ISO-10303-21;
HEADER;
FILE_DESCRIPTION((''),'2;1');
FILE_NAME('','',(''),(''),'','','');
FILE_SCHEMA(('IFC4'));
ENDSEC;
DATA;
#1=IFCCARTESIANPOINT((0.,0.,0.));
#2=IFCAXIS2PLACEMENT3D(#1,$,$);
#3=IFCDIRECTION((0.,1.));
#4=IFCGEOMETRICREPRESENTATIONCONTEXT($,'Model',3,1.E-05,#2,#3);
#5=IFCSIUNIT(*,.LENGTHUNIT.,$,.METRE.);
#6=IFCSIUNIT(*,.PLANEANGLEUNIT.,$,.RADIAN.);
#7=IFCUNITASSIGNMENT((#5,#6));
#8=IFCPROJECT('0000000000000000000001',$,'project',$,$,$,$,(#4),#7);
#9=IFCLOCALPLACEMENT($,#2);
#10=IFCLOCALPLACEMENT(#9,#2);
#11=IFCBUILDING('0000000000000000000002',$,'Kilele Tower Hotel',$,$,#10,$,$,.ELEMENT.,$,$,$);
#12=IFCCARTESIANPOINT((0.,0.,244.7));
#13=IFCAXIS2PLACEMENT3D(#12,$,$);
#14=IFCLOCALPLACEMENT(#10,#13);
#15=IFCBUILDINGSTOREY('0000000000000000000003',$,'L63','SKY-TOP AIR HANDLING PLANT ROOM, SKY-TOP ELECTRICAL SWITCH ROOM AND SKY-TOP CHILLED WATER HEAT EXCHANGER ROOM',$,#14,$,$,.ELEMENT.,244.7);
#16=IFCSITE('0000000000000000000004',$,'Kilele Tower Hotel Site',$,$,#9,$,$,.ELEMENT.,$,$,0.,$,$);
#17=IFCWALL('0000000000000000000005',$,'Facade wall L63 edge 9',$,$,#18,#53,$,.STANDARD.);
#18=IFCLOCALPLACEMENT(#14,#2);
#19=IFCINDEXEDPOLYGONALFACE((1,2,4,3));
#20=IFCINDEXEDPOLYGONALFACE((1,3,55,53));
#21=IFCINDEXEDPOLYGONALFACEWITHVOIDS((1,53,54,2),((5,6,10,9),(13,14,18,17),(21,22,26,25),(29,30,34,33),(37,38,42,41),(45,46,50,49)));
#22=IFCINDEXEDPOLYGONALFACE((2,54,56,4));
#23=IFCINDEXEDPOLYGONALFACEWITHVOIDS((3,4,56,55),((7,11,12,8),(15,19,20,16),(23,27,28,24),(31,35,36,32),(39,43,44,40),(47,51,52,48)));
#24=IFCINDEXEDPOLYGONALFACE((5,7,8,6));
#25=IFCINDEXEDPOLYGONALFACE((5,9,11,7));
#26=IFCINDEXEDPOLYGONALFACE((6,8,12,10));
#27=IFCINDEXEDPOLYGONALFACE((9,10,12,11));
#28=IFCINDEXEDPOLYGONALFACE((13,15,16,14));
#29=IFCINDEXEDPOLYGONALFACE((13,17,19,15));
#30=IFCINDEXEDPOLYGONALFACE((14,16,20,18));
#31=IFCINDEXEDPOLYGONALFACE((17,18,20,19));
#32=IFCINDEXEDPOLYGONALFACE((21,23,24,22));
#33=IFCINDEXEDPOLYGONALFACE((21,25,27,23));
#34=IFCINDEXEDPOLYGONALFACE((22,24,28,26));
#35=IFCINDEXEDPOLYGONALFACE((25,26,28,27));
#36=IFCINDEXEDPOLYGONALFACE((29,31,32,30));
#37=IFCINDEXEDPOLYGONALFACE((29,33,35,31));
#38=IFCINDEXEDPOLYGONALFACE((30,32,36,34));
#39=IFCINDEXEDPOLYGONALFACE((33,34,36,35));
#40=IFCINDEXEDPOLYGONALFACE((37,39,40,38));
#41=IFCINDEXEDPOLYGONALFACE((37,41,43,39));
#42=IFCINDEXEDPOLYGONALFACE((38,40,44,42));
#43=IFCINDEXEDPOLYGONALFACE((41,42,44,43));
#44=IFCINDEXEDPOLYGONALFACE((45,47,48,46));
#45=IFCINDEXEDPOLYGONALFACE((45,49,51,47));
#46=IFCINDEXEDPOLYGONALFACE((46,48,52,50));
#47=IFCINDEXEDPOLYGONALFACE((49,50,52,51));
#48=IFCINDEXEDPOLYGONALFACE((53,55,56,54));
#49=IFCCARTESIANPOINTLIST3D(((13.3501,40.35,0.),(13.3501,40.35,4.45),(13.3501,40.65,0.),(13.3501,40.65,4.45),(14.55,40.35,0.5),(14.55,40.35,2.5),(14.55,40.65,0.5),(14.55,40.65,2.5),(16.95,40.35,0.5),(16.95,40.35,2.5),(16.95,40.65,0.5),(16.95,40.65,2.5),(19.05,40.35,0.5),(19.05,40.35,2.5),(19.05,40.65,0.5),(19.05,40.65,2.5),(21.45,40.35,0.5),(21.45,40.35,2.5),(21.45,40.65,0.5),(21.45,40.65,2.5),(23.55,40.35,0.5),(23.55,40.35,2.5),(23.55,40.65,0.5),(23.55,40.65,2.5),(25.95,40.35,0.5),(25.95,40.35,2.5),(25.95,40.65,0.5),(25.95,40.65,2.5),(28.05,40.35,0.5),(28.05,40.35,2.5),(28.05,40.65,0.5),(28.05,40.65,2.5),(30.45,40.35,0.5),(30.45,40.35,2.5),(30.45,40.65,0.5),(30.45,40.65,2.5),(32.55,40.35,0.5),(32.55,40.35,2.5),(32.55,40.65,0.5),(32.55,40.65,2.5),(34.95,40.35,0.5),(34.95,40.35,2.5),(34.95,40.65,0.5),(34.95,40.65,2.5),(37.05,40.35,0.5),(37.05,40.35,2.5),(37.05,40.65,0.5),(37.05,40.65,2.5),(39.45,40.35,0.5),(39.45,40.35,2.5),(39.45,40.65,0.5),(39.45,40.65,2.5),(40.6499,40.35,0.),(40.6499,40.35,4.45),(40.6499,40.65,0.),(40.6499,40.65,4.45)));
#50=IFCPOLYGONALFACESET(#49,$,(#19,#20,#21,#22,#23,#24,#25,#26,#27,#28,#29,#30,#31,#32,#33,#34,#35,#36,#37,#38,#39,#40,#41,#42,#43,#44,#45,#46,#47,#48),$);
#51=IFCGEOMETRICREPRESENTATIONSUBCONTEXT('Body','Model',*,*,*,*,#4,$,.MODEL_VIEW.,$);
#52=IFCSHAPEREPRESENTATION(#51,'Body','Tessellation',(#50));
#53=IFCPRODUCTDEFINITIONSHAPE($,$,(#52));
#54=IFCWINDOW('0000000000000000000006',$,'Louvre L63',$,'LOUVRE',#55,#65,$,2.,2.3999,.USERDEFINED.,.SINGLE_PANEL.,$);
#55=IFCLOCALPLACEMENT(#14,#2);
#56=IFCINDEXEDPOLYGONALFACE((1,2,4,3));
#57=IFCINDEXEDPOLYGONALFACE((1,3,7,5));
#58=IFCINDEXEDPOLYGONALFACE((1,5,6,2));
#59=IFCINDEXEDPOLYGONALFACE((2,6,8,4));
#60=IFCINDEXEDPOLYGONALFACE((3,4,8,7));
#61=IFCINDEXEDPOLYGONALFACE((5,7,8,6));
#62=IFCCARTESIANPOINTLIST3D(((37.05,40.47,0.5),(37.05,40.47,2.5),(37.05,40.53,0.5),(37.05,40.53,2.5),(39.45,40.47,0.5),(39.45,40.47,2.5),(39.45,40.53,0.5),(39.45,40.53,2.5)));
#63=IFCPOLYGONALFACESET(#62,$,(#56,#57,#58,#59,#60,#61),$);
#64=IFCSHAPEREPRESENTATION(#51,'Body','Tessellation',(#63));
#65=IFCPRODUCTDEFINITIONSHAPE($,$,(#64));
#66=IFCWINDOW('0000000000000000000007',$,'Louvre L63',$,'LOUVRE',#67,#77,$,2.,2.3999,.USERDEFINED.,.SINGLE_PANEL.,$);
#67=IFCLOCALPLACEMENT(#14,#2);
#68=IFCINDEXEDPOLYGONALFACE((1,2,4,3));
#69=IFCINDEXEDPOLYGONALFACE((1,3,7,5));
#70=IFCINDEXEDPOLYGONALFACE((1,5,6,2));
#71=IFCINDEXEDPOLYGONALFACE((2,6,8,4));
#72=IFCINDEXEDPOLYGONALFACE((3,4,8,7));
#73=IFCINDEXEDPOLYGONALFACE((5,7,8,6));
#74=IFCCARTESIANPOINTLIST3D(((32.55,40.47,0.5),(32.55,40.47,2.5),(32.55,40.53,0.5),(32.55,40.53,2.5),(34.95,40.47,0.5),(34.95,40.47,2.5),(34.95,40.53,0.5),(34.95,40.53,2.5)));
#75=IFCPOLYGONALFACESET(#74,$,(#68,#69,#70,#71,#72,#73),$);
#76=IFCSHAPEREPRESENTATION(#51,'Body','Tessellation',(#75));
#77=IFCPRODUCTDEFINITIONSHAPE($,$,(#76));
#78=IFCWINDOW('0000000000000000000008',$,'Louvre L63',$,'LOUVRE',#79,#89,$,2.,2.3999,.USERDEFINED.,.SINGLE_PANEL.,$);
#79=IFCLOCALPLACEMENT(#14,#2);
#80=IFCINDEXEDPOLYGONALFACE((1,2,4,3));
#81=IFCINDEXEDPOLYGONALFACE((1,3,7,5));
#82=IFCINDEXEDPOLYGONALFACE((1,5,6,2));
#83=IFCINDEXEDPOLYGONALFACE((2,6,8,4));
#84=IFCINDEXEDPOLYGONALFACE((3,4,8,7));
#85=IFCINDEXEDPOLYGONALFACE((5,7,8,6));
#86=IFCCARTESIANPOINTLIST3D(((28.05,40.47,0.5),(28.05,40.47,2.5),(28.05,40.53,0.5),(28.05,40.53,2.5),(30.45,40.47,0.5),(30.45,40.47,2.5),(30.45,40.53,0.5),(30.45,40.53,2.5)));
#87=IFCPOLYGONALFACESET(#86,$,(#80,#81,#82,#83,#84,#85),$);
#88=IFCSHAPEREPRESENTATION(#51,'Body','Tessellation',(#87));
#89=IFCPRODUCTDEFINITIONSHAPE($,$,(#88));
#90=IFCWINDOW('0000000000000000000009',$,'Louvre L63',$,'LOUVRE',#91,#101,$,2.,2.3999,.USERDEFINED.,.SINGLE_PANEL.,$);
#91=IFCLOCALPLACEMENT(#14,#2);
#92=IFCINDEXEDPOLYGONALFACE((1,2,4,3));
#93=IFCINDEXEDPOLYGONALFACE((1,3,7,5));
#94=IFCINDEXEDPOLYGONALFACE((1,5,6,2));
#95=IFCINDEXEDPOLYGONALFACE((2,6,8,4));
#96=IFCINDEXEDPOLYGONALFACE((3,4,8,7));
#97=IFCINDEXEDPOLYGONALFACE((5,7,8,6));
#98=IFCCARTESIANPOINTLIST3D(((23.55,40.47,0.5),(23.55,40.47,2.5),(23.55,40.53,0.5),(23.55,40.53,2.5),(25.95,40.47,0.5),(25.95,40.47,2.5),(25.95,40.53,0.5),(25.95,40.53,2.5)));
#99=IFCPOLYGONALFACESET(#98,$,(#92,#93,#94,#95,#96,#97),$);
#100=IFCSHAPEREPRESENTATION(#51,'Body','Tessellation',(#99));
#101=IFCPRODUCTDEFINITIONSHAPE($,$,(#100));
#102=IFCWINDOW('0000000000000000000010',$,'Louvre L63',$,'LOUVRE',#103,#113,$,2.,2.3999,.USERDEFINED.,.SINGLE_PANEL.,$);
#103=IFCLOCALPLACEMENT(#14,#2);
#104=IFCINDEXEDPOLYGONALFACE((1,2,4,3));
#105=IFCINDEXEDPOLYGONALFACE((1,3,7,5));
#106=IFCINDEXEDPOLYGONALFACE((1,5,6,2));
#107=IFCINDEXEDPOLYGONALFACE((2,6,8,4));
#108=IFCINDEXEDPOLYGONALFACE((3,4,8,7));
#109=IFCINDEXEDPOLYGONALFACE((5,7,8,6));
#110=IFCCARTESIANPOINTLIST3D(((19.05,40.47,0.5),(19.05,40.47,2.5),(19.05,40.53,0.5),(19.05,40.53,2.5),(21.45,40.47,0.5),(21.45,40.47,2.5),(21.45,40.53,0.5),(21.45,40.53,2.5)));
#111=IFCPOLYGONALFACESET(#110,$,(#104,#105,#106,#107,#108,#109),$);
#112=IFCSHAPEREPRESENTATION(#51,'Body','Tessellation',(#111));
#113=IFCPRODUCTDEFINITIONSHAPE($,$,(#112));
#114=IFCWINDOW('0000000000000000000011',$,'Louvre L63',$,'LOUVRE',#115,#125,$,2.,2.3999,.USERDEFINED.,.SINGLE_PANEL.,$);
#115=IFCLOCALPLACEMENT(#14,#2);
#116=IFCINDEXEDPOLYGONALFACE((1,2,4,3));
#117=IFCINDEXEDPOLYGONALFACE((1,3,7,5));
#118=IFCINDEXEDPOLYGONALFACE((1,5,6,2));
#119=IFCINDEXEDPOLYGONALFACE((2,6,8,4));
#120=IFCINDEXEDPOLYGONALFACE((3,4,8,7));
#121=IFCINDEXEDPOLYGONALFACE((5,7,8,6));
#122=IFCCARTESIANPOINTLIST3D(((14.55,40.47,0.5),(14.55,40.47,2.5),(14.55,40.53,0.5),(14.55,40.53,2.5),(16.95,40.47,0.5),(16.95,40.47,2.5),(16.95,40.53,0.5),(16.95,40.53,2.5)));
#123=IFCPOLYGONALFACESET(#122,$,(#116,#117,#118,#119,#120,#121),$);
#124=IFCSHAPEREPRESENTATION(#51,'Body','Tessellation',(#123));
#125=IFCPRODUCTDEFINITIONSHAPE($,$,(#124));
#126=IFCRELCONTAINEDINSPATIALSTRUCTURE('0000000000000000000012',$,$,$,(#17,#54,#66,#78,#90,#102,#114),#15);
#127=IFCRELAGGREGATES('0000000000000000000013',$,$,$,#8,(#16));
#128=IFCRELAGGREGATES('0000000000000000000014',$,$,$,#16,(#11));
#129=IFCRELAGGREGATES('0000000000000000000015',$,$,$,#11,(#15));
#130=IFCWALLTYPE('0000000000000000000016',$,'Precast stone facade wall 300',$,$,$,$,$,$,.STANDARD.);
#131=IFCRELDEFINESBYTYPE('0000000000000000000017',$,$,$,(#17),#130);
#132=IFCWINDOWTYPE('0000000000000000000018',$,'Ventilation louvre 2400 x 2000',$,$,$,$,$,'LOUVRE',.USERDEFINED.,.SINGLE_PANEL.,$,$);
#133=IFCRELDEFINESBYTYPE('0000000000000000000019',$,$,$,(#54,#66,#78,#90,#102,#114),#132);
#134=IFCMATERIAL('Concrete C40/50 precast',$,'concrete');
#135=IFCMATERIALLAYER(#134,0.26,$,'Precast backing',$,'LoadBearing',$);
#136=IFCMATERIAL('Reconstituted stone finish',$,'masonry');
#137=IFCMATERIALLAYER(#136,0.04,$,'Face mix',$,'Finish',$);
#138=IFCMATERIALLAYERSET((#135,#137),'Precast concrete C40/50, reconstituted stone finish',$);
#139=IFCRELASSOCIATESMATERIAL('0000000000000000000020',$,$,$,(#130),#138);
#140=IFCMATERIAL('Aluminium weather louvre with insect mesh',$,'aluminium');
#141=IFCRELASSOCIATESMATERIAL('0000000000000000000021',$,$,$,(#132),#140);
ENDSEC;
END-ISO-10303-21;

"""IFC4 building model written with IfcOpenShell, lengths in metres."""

from ifc_helpers import new_model, si_unit, direction, frame, frame_2d, origin, place, context, subcontext, project, spatial, rectangle, extrude, material, layer, layer_set, type_object, element, fill, save


model = new_model("IFC4")

# Units and contexts
model_context = context("Model", 3, precision=1e-05, world=origin(), true_north=direction((0.0, 1.0)))
body_context = subcontext(model_context, "Body", "Model", "MODEL_VIEW")
ifc_project = project(units=[si_unit("LENGTHUNIT", "METRE"), si_unit("PLANEANGLEUNIT", "RADIAN")], contexts=[model_context])

# Site, building, storey
site_placement = place(None, origin())
site = spatial("IfcSite", under=ifc_project, at=site_placement, Name="Kilele Tower Hotel Site", CompositionType="ELEMENT", RefElevation=0.0)
building_placement = place(site_placement, origin())
building = spatial("IfcBuilding", under=site, at=building_placement, Name="Kilele Tower Hotel", CompositionType="ELEMENT")
storey_placement = place(building_placement, frame((0.0, 0.0, 244.7)))
storey = spatial("IfcBuildingStorey", under=building, at=storey_placement, Name="L63", Description="SKY-TOP AIR HANDLING PLANT ROOM, SKY-TOP ELECTRICAL SWITCH ROOM AND SKY-TOP CHILLED WATER HEAT EXCHANGER ROOM", CompositionType="ELEMENT", Elevation=244.7)

# Shared definitions
ifc_material_1 = material(Name="Concrete C40/50 precast", Category="concrete")
ifc_layer_1 = layer(ifc_material_1, 0.26, Name="Precast backing", Category="LoadBearing")
ifc_material_2 = material(Name="Reconstituted stone finish", Category="masonry")
ifc_layer_2 = layer(ifc_material_2, 0.04, Name="Face mix", Category="Finish")
ifc_layer_set = layer_set([ifc_layer_1, ifc_layer_2], Name="Precast concrete C40/50, reconstituted stone finish")
wall_type = type_object("IfcWallType", Name="Precast stone facade wall 300", PredefinedType="STANDARD", material=ifc_layer_set)
ifc_material_3 = material(Name="Aluminium weather louvre with insect mesh", Category="aluminium")
window_type = type_object("IfcWindowType", Name="Ventilation louvre 2400 x 2000", ElementType="LOUVRE", PartitioningType="SINGLE_PANEL", PredefinedType="USERDEFINED", material=ifc_material_3)

# Wall, openings, windows
wall_1_placement = place(storey_placement, frame((40.6499, 40.5, 0.0), z_axis=(0.0, 0.0, 1.0), x_axis=(-1.0, 0.0, 0.0)))
wall_1 = element("IfcWall", 1, at=wall_1_placement, inside=storey, type_object=wall_type, Name="Facade wall L63 edge 9", PredefinedType="STANDARD", context=body_context, shape_type="SweptSolid", body=[
    extrude(rectangle(XDim=27.2998, YDim=0.3, at=frame_2d((13.6499, 0.0))), origin(), (0.0, 0.0, 1.0), 4.45),
])
opening_1_placement = place(wall_1_placement, frame((1.2, 0.0, 0.5)))
opening_1 = element("IfcOpeningElement", 2, at=opening_1_placement, cuts=wall_1, PredefinedType="OPENING", context=body_context, shape_type="SweptSolid", body=[
    extrude(rectangle(XDim=2.3999, YDim=2.0, at=frame_2d((1.2, 1.0))), frame((0.0, 0.1599, 0.0), z_axis=(0.0, -1.0, 0.0), x_axis=(1.0, 0.0, 0.0)), (0.0, 0.0, 1.0), 0.3201),
])
opening_2_placement = place(wall_1_placement, frame((5.7, 0.0, 0.5)))
opening_2 = element("IfcOpeningElement", 3, at=opening_2_placement, cuts=wall_1, PredefinedType="OPENING", context=body_context, shape_type="SweptSolid", body=[
    extrude(rectangle(XDim=2.3999, YDim=2.0, at=frame_2d((1.2, 1.0))), frame((0.0, 0.1599, 0.0), z_axis=(0.0, -1.0, 0.0), x_axis=(1.0, 0.0, 0.0)), (0.0, 0.0, 1.0), 0.3201),
])
opening_3_placement = place(wall_1_placement, frame((10.2, 0.0, 0.5)))
opening_3 = element("IfcOpeningElement", 4, at=opening_3_placement, cuts=wall_1, PredefinedType="OPENING", context=body_context, shape_type="SweptSolid", body=[
    extrude(rectangle(XDim=2.3999, YDim=2.0, at=frame_2d((1.2, 1.0))), frame((0.0, 0.1599, 0.0), z_axis=(0.0, -1.0, 0.0), x_axis=(1.0, 0.0, 0.0)), (0.0, 0.0, 1.0), 0.3201),
])
opening_4_placement = place(wall_1_placement, frame((14.7, 0.0, 0.5)))
opening_4 = element("IfcOpeningElement", 5, at=opening_4_placement, cuts=wall_1, PredefinedType="OPENING", context=body_context, shape_type="SweptSolid", body=[
    extrude(rectangle(XDim=2.3999, YDim=2.0, at=frame_2d((1.2, 1.0))), frame((0.0, 0.1599, 0.0), z_axis=(0.0, -1.0, 0.0), x_axis=(1.0, 0.0, 0.0)), (0.0, 0.0, 1.0), 0.3201),
])
opening_5_placement = place(wall_1_placement, frame((19.2, 0.0, 0.5)))
opening_5 = element("IfcOpeningElement", 6, at=opening_5_placement, cuts=wall_1, PredefinedType="OPENING", context=body_context, shape_type="SweptSolid", body=[
    extrude(rectangle(XDim=2.3999, YDim=2.0, at=frame_2d((1.2, 1.0))), frame((0.0, 0.1599, 0.0), z_axis=(0.0, -1.0, 0.0), x_axis=(1.0, 0.0, 0.0)), (0.0, 0.0, 1.0), 0.3201),
])
opening_6_placement = place(wall_1_placement, frame((23.7, 0.0, 0.5)))
opening_6 = element("IfcOpeningElement", 7, at=opening_6_placement, cuts=wall_1, PredefinedType="OPENING", context=body_context, shape_type="SweptSolid", body=[
    extrude(rectangle(XDim=2.3999, YDim=2.0, at=frame_2d((1.2, 1.0))), frame((0.0, 0.1599, 0.0), z_axis=(0.0, -1.0, 0.0), x_axis=(1.0, 0.0, 0.0)), (0.0, 0.0, 1.0), 0.3201),
])
window_1_placement = place(opening_1_placement, origin())
window_1 = element("IfcWindow", 8, at=window_1_placement, inside=storey, type_object=window_type, Name="Louvre L63", ObjectType="LOUVRE", OverallHeight=2.0, OverallWidth=2.3999, PartitioningType="SINGLE_PANEL", PredefinedType="USERDEFINED", context=body_context, shape_type="SweptSolid", body=[
    extrude(rectangle(XDim=2.3999, YDim=2.0, at=frame_2d((1.2, 1.0))), frame((0.0, 0.03, 0.0), z_axis=(0.0, -1.0, 0.0), x_axis=(1.0, 0.0, 0.0)), (0.0, 0.0, 1.0), 0.0601),
])
fill(opening_1, window_1)
window_2_placement = place(opening_2_placement, origin())
window_2 = element("IfcWindow", 9, at=window_2_placement, inside=storey, type_object=window_type, Name="Louvre L63", ObjectType="LOUVRE", OverallHeight=2.0, OverallWidth=2.3999, PartitioningType="SINGLE_PANEL", PredefinedType="USERDEFINED", context=body_context, shape_type="SweptSolid", body=[
    extrude(rectangle(XDim=2.3999, YDim=2.0, at=frame_2d((1.2, 1.0))), frame((0.0, 0.03, 0.0), z_axis=(0.0, -1.0, 0.0), x_axis=(1.0, 0.0, 0.0)), (0.0, 0.0, 1.0), 0.0601),
])
fill(opening_2, window_2)
window_3_placement = place(opening_3_placement, origin())
window_3 = element("IfcWindow", 10, at=window_3_placement, inside=storey, type_object=window_type, Name="Louvre L63", ObjectType="LOUVRE", OverallHeight=2.0, OverallWidth=2.3999, PartitioningType="SINGLE_PANEL", PredefinedType="USERDEFINED", context=body_context, shape_type="SweptSolid", body=[
    extrude(rectangle(XDim=2.3999, YDim=2.0, at=frame_2d((1.2, 1.0))), frame((0.0, 0.03, 0.0), z_axis=(0.0, -1.0, 0.0), x_axis=(1.0, 0.0, 0.0)), (0.0, 0.0, 1.0), 0.0601),
])
fill(opening_3, window_3)
window_4_placement = place(opening_4_placement, origin())
window_4 = element("IfcWindow", 11, at=window_4_placement, inside=storey, type_object=window_type, Name="Louvre L63", ObjectType="LOUVRE", OverallHeight=2.0, OverallWidth=2.3999, PartitioningType="SINGLE_PANEL", PredefinedType="USERDEFINED", context=body_context, shape_type="SweptSolid", body=[
    extrude(rectangle(XDim=2.3999, YDim=2.0, at=frame_2d((1.2, 1.0))), frame((0.0, 0.03, 0.0), z_axis=(0.0, -1.0, 0.0), x_axis=(1.0, 0.0, 0.0)), (0.0, 0.0, 1.0), 0.0601),
])
fill(opening_4, window_4)
window_5_placement = place(opening_5_placement, origin())
window_5 = element("IfcWindow", 12, at=window_5_placement, inside=storey, type_object=window_type, Name="Louvre L63", ObjectType="LOUVRE", OverallHeight=2.0, OverallWidth=2.3999, PartitioningType="SINGLE_PANEL", PredefinedType="USERDEFINED", context=body_context, shape_type="SweptSolid", body=[
    extrude(rectangle(XDim=2.3999, YDim=2.0, at=frame_2d((1.2, 1.0))), frame((0.0, 0.03, 0.0), z_axis=(0.0, -1.0, 0.0), x_axis=(1.0, 0.0, 0.0)), (0.0, 0.0, 1.0), 0.0601),
])
fill(opening_5, window_5)
window_6_placement = place(opening_6_placement, origin())
window_6 = element("IfcWindow", 13, at=window_6_placement, inside=storey, type_object=window_type, Name="Louvre L63", ObjectType="LOUVRE", OverallHeight=2.0, OverallWidth=2.3999, PartitioningType="SINGLE_PANEL", PredefinedType="USERDEFINED", context=body_context, shape_type="SweptSolid", body=[
    extrude(rectangle(XDim=2.3999, YDim=2.0, at=frame_2d((1.2, 1.0))), frame((0.0, 0.03, 0.0), z_axis=(0.0, -1.0, 0.0), x_axis=(1.0, 0.0, 0.0)), (0.0, 0.0, 1.0), 0.0601),
])
fill(opening_6, window_6)

save(model, "model.ifc")
